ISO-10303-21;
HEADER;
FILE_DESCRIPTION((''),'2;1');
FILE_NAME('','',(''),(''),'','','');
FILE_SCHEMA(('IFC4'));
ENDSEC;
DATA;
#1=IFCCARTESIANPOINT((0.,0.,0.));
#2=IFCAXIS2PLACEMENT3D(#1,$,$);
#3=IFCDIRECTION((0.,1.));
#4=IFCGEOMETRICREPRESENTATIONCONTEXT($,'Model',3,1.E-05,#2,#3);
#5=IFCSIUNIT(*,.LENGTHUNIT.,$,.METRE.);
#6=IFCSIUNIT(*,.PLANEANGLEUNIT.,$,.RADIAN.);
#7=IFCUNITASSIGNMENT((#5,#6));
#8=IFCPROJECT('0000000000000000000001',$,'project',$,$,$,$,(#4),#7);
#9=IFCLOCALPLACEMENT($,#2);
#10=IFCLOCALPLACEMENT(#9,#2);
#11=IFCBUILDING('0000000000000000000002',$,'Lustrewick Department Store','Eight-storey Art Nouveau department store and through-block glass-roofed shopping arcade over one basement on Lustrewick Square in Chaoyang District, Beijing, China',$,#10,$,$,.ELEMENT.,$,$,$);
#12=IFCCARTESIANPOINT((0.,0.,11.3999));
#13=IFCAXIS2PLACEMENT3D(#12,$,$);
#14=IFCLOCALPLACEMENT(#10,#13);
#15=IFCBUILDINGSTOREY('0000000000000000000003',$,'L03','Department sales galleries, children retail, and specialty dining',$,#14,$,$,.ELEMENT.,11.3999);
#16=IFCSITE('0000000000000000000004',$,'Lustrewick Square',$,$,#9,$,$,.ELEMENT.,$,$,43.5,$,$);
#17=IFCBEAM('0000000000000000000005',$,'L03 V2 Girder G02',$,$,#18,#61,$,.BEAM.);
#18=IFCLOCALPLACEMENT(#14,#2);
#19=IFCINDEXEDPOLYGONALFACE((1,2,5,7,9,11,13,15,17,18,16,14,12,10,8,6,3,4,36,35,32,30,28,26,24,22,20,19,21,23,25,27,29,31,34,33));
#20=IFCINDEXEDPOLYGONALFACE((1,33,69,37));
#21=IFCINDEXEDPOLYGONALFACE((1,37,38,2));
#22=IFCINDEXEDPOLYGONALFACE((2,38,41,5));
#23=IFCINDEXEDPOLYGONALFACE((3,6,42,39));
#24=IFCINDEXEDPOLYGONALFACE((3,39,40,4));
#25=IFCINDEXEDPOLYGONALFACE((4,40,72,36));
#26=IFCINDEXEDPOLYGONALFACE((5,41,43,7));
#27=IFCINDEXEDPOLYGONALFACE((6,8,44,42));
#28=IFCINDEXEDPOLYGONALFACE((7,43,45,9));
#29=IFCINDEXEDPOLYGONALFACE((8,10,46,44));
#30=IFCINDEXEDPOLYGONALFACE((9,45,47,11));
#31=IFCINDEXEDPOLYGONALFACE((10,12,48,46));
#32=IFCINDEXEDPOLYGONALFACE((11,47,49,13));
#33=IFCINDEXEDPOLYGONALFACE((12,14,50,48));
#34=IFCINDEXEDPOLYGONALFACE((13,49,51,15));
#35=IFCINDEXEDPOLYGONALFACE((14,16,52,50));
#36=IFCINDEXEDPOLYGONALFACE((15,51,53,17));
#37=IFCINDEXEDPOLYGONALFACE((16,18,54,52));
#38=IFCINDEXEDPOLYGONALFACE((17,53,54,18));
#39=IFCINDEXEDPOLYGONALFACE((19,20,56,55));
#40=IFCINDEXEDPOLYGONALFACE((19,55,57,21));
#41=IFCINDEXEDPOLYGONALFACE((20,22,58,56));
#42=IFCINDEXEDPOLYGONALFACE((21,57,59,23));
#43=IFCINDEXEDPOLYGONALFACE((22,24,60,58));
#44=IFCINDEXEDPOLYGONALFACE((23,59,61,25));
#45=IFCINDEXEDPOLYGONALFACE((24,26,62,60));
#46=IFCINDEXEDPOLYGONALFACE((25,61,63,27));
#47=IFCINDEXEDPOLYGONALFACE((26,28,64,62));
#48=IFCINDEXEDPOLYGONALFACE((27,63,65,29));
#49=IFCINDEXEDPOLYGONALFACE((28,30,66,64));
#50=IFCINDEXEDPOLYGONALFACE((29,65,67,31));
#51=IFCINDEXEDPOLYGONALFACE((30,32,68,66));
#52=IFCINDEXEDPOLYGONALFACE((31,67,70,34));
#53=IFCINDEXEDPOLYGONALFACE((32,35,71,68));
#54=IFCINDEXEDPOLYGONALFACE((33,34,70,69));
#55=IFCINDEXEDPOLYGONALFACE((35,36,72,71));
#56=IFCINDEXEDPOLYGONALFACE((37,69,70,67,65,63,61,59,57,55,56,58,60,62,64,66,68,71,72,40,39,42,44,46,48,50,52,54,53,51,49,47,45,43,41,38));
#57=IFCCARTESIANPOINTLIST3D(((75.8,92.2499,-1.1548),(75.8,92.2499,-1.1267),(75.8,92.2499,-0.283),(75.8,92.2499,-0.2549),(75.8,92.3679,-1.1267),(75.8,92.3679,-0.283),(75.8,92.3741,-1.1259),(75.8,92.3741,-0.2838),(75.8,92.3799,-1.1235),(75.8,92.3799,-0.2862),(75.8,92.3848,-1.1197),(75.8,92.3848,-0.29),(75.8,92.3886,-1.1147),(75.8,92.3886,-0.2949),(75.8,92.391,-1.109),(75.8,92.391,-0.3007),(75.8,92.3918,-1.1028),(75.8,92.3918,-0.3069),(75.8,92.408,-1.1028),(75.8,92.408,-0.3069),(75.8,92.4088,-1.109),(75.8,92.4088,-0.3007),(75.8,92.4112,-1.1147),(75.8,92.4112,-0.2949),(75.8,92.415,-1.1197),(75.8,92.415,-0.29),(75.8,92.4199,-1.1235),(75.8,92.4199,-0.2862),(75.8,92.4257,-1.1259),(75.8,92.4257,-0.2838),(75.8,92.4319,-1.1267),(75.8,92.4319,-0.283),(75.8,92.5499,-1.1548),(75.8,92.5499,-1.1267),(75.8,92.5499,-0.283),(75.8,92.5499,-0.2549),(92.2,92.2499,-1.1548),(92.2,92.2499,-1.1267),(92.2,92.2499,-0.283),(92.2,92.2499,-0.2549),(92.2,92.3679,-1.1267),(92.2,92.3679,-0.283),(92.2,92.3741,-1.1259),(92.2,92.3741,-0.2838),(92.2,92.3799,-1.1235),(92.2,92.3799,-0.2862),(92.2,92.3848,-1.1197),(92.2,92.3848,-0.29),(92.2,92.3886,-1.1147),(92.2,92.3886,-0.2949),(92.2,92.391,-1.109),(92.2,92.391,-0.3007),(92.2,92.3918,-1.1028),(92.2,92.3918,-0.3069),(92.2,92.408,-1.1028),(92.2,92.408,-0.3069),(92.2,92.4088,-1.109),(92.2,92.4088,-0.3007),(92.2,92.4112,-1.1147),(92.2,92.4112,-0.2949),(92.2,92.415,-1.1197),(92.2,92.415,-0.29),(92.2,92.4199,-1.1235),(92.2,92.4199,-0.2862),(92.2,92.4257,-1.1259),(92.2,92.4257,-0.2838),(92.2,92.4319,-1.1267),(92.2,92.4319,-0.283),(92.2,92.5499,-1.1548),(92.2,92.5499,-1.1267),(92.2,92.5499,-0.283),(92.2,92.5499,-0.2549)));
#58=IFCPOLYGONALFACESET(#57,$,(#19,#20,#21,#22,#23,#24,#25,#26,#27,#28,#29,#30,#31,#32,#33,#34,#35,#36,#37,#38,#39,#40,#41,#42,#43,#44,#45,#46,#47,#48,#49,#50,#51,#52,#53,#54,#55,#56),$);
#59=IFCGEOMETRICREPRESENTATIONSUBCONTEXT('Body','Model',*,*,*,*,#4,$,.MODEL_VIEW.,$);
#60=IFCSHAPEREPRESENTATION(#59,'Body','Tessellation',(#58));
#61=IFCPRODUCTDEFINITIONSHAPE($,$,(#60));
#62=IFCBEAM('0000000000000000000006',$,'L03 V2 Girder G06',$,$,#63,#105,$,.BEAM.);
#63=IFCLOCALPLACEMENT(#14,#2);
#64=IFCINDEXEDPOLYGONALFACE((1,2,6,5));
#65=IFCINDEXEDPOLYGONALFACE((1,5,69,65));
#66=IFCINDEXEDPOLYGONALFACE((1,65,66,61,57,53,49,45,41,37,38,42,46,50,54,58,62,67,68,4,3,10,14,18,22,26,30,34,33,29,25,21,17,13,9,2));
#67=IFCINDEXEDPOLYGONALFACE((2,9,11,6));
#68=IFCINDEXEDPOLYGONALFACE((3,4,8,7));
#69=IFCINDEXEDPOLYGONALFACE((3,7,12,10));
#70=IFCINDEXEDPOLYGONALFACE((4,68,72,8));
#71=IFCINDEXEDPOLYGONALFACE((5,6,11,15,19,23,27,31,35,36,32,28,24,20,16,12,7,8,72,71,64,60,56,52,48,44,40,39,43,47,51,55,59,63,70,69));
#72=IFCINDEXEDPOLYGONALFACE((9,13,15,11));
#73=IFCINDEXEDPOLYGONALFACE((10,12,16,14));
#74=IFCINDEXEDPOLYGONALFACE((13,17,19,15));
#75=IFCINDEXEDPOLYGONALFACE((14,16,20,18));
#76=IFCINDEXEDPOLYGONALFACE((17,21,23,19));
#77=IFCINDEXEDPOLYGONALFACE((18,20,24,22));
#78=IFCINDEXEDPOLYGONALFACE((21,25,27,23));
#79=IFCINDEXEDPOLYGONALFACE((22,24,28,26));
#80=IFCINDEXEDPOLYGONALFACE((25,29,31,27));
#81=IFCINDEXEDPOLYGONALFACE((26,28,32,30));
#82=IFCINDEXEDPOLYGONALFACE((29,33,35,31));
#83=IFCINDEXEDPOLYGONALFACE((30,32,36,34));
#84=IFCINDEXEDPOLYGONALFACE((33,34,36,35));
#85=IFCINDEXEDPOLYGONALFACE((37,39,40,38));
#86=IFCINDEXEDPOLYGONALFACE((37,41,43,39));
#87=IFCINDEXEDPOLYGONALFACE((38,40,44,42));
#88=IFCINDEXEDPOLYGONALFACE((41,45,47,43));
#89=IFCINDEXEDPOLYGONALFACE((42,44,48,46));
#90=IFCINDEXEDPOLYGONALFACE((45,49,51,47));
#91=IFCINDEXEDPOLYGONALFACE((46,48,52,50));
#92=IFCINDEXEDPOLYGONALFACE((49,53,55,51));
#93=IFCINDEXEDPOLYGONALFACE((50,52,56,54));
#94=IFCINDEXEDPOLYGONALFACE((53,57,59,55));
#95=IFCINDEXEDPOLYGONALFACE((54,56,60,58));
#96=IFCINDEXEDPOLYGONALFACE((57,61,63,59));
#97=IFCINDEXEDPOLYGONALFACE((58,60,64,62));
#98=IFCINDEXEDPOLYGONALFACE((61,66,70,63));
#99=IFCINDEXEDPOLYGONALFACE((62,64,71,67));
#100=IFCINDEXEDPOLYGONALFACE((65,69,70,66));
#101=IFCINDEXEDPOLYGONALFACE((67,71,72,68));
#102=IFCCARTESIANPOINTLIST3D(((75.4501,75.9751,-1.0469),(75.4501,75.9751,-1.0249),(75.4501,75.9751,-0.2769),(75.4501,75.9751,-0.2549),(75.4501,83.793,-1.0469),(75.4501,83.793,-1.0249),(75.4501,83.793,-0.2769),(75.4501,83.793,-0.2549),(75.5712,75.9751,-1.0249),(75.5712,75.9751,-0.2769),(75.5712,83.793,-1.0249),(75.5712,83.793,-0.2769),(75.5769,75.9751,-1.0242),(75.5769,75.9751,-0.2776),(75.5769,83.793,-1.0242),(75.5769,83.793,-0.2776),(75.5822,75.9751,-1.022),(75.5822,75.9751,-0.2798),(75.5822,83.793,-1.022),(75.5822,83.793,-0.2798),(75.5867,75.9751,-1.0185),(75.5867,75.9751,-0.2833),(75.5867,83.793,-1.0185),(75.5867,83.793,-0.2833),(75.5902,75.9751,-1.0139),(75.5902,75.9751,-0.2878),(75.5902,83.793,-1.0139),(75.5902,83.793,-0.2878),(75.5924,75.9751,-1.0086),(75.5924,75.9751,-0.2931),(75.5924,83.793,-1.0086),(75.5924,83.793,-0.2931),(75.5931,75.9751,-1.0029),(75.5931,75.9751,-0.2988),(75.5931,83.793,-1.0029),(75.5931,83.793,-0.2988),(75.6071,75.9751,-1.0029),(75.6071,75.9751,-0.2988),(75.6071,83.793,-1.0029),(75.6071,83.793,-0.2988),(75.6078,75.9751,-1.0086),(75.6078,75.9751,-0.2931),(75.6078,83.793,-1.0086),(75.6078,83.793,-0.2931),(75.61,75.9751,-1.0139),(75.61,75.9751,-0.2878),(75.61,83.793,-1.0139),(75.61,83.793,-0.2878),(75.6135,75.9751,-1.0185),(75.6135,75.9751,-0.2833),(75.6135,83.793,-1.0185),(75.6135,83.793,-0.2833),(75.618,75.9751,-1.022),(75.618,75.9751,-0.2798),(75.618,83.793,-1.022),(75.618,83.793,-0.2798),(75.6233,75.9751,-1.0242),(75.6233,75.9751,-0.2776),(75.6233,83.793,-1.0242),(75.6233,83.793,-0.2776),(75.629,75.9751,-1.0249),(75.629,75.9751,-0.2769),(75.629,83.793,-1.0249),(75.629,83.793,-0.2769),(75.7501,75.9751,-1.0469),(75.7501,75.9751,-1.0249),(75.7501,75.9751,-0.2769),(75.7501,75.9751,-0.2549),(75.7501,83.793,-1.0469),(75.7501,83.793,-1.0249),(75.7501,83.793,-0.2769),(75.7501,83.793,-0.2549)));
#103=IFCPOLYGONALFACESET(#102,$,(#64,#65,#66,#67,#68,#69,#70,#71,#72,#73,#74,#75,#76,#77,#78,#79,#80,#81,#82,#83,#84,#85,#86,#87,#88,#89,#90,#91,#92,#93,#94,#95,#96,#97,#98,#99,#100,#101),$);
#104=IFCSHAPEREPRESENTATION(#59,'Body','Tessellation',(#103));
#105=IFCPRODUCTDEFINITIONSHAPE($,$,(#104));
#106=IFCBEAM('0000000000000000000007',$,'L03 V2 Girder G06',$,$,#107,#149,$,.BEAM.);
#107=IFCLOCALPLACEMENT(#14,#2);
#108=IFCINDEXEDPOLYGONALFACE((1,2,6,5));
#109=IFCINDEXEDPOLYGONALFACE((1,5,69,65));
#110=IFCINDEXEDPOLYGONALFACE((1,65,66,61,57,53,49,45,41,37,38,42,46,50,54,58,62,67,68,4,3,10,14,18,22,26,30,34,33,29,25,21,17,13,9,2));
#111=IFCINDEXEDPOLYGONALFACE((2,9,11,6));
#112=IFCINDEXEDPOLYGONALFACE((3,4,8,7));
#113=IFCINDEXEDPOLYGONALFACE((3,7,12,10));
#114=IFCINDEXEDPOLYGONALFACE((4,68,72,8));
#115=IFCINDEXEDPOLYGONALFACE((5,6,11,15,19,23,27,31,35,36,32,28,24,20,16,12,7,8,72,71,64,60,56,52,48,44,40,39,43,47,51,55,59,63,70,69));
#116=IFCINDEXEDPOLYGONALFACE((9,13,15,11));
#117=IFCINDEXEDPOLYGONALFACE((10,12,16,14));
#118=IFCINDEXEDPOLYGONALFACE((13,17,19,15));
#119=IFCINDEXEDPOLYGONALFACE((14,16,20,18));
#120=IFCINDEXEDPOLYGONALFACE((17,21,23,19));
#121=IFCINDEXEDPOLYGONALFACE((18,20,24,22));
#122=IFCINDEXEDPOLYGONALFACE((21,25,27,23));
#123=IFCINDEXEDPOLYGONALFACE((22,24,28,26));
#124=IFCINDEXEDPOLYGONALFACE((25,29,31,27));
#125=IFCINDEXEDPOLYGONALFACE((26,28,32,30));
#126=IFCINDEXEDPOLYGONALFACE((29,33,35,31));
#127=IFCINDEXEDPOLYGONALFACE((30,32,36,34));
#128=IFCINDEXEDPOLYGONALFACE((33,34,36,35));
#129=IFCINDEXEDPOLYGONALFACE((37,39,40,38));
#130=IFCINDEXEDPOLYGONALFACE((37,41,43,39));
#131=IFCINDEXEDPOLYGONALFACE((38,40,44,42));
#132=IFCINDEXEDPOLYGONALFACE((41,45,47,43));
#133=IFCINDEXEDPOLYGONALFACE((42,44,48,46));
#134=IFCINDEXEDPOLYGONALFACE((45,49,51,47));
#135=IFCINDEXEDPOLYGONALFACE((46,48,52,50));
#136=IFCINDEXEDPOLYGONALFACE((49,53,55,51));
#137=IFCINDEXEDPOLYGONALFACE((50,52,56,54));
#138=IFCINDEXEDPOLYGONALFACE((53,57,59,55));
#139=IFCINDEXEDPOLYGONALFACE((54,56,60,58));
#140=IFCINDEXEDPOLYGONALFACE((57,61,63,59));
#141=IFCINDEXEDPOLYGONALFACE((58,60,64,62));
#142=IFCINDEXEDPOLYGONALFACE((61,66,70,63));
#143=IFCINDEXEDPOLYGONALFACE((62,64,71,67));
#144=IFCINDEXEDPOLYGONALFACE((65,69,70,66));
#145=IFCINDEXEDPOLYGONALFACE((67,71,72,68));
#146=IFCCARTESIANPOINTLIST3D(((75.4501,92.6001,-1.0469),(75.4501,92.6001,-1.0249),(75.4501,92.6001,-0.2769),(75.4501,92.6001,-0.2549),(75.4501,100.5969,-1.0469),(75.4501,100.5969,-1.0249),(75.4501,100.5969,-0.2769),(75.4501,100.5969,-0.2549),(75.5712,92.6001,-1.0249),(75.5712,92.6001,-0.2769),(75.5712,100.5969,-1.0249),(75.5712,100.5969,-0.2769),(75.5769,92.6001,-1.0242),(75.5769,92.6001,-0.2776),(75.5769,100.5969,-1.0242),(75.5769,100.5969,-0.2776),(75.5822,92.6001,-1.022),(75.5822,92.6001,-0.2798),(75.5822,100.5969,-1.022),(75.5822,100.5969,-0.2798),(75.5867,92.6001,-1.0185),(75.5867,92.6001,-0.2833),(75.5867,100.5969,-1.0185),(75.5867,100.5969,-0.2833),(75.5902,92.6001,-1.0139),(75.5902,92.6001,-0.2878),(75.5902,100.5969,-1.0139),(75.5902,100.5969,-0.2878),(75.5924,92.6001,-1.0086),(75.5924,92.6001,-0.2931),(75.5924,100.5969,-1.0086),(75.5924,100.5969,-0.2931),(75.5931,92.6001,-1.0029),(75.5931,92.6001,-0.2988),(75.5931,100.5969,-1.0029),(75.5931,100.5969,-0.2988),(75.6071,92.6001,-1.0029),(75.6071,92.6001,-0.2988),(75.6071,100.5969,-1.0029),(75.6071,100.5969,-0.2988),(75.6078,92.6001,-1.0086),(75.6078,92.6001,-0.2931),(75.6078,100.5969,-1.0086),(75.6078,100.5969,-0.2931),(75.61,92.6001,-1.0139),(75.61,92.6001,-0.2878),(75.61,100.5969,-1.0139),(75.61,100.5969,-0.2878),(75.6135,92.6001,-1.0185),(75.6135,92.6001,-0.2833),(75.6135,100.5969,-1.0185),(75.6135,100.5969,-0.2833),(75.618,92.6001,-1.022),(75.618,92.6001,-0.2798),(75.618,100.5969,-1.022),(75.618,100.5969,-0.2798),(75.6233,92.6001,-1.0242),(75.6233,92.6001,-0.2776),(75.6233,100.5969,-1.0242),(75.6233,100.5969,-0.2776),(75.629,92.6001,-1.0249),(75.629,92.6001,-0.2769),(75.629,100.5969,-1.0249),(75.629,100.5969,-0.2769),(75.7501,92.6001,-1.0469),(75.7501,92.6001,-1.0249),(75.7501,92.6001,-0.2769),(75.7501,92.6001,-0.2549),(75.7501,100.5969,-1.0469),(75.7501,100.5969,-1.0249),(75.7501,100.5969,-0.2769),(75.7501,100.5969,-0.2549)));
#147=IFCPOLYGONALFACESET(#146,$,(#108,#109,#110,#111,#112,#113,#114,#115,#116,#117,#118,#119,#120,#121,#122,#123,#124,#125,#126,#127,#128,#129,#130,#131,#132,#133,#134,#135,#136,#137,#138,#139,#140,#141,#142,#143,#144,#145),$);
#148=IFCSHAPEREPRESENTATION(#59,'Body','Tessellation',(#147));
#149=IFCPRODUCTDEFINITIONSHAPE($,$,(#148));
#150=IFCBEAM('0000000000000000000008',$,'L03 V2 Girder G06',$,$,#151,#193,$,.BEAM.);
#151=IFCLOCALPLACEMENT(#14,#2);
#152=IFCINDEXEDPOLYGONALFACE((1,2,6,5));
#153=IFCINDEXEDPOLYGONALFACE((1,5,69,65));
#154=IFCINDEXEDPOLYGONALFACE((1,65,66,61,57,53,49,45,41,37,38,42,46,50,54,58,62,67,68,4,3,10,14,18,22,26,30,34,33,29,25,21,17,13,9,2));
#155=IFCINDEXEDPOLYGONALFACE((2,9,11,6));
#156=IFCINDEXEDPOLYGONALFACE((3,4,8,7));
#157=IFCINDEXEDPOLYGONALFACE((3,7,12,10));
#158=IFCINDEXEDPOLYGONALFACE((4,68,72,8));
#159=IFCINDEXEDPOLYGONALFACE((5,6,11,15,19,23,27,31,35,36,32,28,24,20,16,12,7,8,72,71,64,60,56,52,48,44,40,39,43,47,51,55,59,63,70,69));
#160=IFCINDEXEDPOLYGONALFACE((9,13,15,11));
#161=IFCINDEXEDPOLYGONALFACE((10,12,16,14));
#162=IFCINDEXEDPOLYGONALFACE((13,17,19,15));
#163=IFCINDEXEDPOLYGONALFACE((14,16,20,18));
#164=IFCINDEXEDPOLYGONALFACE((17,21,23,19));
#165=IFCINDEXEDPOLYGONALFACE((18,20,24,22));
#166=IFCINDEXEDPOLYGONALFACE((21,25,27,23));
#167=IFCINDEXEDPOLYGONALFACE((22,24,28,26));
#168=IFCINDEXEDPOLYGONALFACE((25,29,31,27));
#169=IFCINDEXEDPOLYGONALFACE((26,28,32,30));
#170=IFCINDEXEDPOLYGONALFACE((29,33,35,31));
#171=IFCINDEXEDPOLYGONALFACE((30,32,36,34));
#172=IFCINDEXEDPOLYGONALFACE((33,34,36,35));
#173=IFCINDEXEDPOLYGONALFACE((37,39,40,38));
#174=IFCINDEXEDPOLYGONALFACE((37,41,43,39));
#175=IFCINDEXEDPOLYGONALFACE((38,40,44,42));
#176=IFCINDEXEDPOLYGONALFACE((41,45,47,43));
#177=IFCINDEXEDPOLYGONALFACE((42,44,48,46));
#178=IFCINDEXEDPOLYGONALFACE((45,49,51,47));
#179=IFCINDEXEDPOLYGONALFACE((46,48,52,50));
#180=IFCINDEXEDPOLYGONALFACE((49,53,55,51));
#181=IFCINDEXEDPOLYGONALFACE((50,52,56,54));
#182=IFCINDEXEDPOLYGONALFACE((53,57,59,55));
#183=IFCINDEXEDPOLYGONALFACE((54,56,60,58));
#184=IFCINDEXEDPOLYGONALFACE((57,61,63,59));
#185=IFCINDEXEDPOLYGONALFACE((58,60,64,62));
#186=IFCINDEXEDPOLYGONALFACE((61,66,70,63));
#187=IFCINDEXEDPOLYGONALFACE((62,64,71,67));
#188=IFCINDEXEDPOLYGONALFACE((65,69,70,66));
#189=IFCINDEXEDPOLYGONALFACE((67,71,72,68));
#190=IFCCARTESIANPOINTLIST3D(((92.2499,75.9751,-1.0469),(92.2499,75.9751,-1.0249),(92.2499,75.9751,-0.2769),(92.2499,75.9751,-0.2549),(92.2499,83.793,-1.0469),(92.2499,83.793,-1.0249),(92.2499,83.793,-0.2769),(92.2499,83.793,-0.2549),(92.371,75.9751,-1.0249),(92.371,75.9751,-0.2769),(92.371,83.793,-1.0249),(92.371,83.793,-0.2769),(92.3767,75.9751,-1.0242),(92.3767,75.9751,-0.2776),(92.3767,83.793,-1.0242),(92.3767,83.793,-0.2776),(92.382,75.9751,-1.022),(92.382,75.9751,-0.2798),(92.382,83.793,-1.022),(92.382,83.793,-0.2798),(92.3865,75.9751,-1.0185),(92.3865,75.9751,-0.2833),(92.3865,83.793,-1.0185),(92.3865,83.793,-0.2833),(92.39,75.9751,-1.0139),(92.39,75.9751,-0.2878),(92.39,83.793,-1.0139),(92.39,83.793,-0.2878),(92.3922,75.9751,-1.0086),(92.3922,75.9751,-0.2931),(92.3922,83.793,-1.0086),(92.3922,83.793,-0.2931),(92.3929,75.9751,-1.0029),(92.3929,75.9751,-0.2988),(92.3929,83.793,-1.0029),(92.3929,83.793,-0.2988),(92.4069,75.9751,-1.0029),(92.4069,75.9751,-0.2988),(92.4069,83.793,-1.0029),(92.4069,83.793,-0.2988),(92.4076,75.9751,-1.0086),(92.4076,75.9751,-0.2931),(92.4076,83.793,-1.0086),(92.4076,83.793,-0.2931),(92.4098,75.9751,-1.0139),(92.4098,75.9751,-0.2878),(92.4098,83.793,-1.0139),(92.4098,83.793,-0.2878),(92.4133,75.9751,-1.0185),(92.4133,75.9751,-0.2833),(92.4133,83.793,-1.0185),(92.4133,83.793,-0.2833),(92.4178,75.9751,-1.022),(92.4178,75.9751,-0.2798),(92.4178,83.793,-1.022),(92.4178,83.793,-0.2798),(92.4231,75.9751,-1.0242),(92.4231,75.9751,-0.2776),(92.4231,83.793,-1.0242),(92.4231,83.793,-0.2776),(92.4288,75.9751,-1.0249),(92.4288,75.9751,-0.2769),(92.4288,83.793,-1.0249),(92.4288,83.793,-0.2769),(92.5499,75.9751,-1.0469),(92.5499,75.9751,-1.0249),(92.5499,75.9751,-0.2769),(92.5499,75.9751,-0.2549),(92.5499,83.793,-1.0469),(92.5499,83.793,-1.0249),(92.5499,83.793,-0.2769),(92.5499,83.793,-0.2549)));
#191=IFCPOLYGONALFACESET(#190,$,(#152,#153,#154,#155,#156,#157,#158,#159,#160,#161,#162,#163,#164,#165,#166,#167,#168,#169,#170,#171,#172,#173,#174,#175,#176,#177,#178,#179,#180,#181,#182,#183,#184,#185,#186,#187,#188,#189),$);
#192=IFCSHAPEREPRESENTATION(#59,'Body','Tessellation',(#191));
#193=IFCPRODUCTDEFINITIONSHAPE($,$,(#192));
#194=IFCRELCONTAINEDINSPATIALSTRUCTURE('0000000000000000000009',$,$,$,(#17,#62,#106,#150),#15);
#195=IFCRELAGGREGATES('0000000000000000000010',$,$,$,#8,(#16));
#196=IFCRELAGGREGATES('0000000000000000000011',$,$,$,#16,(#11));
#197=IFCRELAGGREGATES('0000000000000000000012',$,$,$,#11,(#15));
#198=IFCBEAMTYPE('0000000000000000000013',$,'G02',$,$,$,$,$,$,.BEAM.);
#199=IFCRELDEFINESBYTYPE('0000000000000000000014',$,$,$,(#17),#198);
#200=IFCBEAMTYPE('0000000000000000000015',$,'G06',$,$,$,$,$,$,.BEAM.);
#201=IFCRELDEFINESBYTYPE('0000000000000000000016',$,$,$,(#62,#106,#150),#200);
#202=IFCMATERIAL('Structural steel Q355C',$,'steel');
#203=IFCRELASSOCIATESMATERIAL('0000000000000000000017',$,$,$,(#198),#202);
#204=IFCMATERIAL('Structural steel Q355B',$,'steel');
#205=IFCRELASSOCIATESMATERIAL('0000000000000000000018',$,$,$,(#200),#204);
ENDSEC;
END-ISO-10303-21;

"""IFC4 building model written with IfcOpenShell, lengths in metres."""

from ifc_helpers import new_model, si_unit, direction, frame, origin, origin_2d, place, context, subcontext, project, spatial, i_section, extrude, material, material_profile, profile_set, type_object, element, save


model = new_model("IFC4")

# Units and contexts
model_context = context("Model", 3, precision=1e-05, world=origin(), true_north=direction((0.0, 1.0)))
body_context = subcontext(model_context, "Body", "Model", "MODEL_VIEW")
ifc_project = project(units=[si_unit("LENGTHUNIT", "METRE"), si_unit("PLANEANGLEUNIT", "RADIAN")], contexts=[model_context])

# Site, building, storey
site_placement = place(None, origin())
site = spatial("IfcSite", under=ifc_project, at=site_placement, Name="Lustrewick Square", CompositionType="ELEMENT", RefElevation=43.5)
building_placement = place(site_placement, origin())
building = spatial("IfcBuilding", under=site, at=building_placement, Name="Lustrewick Department Store", Description="Eight-storey Art Nouveau department store and through-block glass-roofed shopping arcade over one basement on Lustrewick Square in Chaoyang District, Beijing, China", CompositionType="ELEMENT")
storey_placement = place(building_placement, frame((0.0, 0.0, 11.3999)))
storey = spatial("IfcBuildingStorey", under=building, at=storey_placement, Name="L03", Description="Department sales galleries, children retail, and specialty dining", CompositionType="ELEMENT", Elevation=11.3999)

# Shared definitions
ifc_material_1 = material(Name="Structural steel Q355C", Category="steel")
ifc_material_2 = material(Name="Structural steel Q355B", Category="steel")

# Beams
ifc_material_profile_1 = material_profile(ifc_material_1, i_section(OverallWidth=0.3, OverallDepth=0.8999, WebThickness=0.0161, FlangeThickness=0.0281, FilletRadius=0.0239, at=origin_2d()), Name="HN 900x300x16x28")
ifc_profile_set_1 = profile_set([ifc_material_profile_1], Name="Structural steel Q355C")
beam_type_1 = type_object("IfcBeamType", Name="G02", PredefinedType="BEAM", material=ifc_profile_set_1)
beam_1_placement = place(storey_placement, frame((75.8, 92.3999, -0.7048), z_axis=(1.0, 0.0, 0.0), x_axis=(0.0, 1.0, 0.0)))
element("IfcBeam", 1, at=beam_1_placement, inside=storey, type_object=beam_type_1, Name="L03 V2 Girder G02", PredefinedType="BEAM", context=body_context, shape_type="SweptSolid", body=[
    extrude(i_section(OverallWidth=0.3, OverallDepth=0.8999, WebThickness=0.0161, FlangeThickness=0.0281, FilletRadius=0.0239, at=origin_2d()), origin(), (0.0, 0.0, 1.0), 16.3999),
])
ifc_material_profile_2 = material_profile(ifc_material_2, i_section(OverallWidth=0.3, OverallDepth=0.792, WebThickness=0.0139, FlangeThickness=0.022, FilletRadius=0.022, at=origin_2d()), Name="HN 792x300x14x22")
ifc_profile_set_2 = profile_set([ifc_material_profile_2], Name="Structural steel Q355B")
beam_type_2 = type_object("IfcBeamType", Name="G06", PredefinedType="BEAM", material=ifc_profile_set_2)
beam_2_placement = place(storey_placement, frame((75.6001, 75.9751, -0.6509), z_axis=(0.0, 1.0, 0.0), x_axis=(-1.0, 0.0, 0.0)))
element("IfcBeam", 2, at=beam_2_placement, inside=storey, type_object=beam_type_2, Name="L03 V2 Girder G06", PredefinedType="BEAM", context=body_context, shape_type="SweptSolid", body=[
    extrude(i_section(OverallWidth=0.3, OverallDepth=0.792, WebThickness=0.0139, FlangeThickness=0.022, FilletRadius=0.022, at=origin_2d()), origin(), (0.0, 0.0, 1.0), 7.8179),
])
beam_3_placement = place(storey_placement, frame((75.6001, 92.6001, -0.6509), z_axis=(0.0, 1.0, 0.0), x_axis=(-1.0, 0.0, 0.0)))
element("IfcBeam", 3, at=beam_3_placement, inside=storey, type_object=beam_type_2, Name="L03 V2 Girder G06", PredefinedType="BEAM", context=body_context, shape_type="SweptSolid", body=[
    extrude(i_section(OverallWidth=0.3, OverallDepth=0.792, WebThickness=0.0139, FlangeThickness=0.022, FilletRadius=0.022, at=origin_2d()), origin(), (0.0, 0.0, 1.0), 7.9968),
])
beam_4_placement = place(storey_placement, frame((92.3999, 75.9751, -0.6509), z_axis=(0.0, 1.0, 0.0), x_axis=(-1.0, 0.0, 0.0)))
element("IfcBeam", 4, at=beam_4_placement, inside=storey, type_object=beam_type_2, Name="L03 V2 Girder G06", PredefinedType="BEAM", context=body_context, shape_type="SweptSolid", body=[
    extrude(i_section(OverallWidth=0.3, OverallDepth=0.792, WebThickness=0.0139, FlangeThickness=0.022, FilletRadius=0.022, at=origin_2d()), origin(), (0.0, 0.0, 1.0), 7.8179),
])

save(model, "model.ifc")
